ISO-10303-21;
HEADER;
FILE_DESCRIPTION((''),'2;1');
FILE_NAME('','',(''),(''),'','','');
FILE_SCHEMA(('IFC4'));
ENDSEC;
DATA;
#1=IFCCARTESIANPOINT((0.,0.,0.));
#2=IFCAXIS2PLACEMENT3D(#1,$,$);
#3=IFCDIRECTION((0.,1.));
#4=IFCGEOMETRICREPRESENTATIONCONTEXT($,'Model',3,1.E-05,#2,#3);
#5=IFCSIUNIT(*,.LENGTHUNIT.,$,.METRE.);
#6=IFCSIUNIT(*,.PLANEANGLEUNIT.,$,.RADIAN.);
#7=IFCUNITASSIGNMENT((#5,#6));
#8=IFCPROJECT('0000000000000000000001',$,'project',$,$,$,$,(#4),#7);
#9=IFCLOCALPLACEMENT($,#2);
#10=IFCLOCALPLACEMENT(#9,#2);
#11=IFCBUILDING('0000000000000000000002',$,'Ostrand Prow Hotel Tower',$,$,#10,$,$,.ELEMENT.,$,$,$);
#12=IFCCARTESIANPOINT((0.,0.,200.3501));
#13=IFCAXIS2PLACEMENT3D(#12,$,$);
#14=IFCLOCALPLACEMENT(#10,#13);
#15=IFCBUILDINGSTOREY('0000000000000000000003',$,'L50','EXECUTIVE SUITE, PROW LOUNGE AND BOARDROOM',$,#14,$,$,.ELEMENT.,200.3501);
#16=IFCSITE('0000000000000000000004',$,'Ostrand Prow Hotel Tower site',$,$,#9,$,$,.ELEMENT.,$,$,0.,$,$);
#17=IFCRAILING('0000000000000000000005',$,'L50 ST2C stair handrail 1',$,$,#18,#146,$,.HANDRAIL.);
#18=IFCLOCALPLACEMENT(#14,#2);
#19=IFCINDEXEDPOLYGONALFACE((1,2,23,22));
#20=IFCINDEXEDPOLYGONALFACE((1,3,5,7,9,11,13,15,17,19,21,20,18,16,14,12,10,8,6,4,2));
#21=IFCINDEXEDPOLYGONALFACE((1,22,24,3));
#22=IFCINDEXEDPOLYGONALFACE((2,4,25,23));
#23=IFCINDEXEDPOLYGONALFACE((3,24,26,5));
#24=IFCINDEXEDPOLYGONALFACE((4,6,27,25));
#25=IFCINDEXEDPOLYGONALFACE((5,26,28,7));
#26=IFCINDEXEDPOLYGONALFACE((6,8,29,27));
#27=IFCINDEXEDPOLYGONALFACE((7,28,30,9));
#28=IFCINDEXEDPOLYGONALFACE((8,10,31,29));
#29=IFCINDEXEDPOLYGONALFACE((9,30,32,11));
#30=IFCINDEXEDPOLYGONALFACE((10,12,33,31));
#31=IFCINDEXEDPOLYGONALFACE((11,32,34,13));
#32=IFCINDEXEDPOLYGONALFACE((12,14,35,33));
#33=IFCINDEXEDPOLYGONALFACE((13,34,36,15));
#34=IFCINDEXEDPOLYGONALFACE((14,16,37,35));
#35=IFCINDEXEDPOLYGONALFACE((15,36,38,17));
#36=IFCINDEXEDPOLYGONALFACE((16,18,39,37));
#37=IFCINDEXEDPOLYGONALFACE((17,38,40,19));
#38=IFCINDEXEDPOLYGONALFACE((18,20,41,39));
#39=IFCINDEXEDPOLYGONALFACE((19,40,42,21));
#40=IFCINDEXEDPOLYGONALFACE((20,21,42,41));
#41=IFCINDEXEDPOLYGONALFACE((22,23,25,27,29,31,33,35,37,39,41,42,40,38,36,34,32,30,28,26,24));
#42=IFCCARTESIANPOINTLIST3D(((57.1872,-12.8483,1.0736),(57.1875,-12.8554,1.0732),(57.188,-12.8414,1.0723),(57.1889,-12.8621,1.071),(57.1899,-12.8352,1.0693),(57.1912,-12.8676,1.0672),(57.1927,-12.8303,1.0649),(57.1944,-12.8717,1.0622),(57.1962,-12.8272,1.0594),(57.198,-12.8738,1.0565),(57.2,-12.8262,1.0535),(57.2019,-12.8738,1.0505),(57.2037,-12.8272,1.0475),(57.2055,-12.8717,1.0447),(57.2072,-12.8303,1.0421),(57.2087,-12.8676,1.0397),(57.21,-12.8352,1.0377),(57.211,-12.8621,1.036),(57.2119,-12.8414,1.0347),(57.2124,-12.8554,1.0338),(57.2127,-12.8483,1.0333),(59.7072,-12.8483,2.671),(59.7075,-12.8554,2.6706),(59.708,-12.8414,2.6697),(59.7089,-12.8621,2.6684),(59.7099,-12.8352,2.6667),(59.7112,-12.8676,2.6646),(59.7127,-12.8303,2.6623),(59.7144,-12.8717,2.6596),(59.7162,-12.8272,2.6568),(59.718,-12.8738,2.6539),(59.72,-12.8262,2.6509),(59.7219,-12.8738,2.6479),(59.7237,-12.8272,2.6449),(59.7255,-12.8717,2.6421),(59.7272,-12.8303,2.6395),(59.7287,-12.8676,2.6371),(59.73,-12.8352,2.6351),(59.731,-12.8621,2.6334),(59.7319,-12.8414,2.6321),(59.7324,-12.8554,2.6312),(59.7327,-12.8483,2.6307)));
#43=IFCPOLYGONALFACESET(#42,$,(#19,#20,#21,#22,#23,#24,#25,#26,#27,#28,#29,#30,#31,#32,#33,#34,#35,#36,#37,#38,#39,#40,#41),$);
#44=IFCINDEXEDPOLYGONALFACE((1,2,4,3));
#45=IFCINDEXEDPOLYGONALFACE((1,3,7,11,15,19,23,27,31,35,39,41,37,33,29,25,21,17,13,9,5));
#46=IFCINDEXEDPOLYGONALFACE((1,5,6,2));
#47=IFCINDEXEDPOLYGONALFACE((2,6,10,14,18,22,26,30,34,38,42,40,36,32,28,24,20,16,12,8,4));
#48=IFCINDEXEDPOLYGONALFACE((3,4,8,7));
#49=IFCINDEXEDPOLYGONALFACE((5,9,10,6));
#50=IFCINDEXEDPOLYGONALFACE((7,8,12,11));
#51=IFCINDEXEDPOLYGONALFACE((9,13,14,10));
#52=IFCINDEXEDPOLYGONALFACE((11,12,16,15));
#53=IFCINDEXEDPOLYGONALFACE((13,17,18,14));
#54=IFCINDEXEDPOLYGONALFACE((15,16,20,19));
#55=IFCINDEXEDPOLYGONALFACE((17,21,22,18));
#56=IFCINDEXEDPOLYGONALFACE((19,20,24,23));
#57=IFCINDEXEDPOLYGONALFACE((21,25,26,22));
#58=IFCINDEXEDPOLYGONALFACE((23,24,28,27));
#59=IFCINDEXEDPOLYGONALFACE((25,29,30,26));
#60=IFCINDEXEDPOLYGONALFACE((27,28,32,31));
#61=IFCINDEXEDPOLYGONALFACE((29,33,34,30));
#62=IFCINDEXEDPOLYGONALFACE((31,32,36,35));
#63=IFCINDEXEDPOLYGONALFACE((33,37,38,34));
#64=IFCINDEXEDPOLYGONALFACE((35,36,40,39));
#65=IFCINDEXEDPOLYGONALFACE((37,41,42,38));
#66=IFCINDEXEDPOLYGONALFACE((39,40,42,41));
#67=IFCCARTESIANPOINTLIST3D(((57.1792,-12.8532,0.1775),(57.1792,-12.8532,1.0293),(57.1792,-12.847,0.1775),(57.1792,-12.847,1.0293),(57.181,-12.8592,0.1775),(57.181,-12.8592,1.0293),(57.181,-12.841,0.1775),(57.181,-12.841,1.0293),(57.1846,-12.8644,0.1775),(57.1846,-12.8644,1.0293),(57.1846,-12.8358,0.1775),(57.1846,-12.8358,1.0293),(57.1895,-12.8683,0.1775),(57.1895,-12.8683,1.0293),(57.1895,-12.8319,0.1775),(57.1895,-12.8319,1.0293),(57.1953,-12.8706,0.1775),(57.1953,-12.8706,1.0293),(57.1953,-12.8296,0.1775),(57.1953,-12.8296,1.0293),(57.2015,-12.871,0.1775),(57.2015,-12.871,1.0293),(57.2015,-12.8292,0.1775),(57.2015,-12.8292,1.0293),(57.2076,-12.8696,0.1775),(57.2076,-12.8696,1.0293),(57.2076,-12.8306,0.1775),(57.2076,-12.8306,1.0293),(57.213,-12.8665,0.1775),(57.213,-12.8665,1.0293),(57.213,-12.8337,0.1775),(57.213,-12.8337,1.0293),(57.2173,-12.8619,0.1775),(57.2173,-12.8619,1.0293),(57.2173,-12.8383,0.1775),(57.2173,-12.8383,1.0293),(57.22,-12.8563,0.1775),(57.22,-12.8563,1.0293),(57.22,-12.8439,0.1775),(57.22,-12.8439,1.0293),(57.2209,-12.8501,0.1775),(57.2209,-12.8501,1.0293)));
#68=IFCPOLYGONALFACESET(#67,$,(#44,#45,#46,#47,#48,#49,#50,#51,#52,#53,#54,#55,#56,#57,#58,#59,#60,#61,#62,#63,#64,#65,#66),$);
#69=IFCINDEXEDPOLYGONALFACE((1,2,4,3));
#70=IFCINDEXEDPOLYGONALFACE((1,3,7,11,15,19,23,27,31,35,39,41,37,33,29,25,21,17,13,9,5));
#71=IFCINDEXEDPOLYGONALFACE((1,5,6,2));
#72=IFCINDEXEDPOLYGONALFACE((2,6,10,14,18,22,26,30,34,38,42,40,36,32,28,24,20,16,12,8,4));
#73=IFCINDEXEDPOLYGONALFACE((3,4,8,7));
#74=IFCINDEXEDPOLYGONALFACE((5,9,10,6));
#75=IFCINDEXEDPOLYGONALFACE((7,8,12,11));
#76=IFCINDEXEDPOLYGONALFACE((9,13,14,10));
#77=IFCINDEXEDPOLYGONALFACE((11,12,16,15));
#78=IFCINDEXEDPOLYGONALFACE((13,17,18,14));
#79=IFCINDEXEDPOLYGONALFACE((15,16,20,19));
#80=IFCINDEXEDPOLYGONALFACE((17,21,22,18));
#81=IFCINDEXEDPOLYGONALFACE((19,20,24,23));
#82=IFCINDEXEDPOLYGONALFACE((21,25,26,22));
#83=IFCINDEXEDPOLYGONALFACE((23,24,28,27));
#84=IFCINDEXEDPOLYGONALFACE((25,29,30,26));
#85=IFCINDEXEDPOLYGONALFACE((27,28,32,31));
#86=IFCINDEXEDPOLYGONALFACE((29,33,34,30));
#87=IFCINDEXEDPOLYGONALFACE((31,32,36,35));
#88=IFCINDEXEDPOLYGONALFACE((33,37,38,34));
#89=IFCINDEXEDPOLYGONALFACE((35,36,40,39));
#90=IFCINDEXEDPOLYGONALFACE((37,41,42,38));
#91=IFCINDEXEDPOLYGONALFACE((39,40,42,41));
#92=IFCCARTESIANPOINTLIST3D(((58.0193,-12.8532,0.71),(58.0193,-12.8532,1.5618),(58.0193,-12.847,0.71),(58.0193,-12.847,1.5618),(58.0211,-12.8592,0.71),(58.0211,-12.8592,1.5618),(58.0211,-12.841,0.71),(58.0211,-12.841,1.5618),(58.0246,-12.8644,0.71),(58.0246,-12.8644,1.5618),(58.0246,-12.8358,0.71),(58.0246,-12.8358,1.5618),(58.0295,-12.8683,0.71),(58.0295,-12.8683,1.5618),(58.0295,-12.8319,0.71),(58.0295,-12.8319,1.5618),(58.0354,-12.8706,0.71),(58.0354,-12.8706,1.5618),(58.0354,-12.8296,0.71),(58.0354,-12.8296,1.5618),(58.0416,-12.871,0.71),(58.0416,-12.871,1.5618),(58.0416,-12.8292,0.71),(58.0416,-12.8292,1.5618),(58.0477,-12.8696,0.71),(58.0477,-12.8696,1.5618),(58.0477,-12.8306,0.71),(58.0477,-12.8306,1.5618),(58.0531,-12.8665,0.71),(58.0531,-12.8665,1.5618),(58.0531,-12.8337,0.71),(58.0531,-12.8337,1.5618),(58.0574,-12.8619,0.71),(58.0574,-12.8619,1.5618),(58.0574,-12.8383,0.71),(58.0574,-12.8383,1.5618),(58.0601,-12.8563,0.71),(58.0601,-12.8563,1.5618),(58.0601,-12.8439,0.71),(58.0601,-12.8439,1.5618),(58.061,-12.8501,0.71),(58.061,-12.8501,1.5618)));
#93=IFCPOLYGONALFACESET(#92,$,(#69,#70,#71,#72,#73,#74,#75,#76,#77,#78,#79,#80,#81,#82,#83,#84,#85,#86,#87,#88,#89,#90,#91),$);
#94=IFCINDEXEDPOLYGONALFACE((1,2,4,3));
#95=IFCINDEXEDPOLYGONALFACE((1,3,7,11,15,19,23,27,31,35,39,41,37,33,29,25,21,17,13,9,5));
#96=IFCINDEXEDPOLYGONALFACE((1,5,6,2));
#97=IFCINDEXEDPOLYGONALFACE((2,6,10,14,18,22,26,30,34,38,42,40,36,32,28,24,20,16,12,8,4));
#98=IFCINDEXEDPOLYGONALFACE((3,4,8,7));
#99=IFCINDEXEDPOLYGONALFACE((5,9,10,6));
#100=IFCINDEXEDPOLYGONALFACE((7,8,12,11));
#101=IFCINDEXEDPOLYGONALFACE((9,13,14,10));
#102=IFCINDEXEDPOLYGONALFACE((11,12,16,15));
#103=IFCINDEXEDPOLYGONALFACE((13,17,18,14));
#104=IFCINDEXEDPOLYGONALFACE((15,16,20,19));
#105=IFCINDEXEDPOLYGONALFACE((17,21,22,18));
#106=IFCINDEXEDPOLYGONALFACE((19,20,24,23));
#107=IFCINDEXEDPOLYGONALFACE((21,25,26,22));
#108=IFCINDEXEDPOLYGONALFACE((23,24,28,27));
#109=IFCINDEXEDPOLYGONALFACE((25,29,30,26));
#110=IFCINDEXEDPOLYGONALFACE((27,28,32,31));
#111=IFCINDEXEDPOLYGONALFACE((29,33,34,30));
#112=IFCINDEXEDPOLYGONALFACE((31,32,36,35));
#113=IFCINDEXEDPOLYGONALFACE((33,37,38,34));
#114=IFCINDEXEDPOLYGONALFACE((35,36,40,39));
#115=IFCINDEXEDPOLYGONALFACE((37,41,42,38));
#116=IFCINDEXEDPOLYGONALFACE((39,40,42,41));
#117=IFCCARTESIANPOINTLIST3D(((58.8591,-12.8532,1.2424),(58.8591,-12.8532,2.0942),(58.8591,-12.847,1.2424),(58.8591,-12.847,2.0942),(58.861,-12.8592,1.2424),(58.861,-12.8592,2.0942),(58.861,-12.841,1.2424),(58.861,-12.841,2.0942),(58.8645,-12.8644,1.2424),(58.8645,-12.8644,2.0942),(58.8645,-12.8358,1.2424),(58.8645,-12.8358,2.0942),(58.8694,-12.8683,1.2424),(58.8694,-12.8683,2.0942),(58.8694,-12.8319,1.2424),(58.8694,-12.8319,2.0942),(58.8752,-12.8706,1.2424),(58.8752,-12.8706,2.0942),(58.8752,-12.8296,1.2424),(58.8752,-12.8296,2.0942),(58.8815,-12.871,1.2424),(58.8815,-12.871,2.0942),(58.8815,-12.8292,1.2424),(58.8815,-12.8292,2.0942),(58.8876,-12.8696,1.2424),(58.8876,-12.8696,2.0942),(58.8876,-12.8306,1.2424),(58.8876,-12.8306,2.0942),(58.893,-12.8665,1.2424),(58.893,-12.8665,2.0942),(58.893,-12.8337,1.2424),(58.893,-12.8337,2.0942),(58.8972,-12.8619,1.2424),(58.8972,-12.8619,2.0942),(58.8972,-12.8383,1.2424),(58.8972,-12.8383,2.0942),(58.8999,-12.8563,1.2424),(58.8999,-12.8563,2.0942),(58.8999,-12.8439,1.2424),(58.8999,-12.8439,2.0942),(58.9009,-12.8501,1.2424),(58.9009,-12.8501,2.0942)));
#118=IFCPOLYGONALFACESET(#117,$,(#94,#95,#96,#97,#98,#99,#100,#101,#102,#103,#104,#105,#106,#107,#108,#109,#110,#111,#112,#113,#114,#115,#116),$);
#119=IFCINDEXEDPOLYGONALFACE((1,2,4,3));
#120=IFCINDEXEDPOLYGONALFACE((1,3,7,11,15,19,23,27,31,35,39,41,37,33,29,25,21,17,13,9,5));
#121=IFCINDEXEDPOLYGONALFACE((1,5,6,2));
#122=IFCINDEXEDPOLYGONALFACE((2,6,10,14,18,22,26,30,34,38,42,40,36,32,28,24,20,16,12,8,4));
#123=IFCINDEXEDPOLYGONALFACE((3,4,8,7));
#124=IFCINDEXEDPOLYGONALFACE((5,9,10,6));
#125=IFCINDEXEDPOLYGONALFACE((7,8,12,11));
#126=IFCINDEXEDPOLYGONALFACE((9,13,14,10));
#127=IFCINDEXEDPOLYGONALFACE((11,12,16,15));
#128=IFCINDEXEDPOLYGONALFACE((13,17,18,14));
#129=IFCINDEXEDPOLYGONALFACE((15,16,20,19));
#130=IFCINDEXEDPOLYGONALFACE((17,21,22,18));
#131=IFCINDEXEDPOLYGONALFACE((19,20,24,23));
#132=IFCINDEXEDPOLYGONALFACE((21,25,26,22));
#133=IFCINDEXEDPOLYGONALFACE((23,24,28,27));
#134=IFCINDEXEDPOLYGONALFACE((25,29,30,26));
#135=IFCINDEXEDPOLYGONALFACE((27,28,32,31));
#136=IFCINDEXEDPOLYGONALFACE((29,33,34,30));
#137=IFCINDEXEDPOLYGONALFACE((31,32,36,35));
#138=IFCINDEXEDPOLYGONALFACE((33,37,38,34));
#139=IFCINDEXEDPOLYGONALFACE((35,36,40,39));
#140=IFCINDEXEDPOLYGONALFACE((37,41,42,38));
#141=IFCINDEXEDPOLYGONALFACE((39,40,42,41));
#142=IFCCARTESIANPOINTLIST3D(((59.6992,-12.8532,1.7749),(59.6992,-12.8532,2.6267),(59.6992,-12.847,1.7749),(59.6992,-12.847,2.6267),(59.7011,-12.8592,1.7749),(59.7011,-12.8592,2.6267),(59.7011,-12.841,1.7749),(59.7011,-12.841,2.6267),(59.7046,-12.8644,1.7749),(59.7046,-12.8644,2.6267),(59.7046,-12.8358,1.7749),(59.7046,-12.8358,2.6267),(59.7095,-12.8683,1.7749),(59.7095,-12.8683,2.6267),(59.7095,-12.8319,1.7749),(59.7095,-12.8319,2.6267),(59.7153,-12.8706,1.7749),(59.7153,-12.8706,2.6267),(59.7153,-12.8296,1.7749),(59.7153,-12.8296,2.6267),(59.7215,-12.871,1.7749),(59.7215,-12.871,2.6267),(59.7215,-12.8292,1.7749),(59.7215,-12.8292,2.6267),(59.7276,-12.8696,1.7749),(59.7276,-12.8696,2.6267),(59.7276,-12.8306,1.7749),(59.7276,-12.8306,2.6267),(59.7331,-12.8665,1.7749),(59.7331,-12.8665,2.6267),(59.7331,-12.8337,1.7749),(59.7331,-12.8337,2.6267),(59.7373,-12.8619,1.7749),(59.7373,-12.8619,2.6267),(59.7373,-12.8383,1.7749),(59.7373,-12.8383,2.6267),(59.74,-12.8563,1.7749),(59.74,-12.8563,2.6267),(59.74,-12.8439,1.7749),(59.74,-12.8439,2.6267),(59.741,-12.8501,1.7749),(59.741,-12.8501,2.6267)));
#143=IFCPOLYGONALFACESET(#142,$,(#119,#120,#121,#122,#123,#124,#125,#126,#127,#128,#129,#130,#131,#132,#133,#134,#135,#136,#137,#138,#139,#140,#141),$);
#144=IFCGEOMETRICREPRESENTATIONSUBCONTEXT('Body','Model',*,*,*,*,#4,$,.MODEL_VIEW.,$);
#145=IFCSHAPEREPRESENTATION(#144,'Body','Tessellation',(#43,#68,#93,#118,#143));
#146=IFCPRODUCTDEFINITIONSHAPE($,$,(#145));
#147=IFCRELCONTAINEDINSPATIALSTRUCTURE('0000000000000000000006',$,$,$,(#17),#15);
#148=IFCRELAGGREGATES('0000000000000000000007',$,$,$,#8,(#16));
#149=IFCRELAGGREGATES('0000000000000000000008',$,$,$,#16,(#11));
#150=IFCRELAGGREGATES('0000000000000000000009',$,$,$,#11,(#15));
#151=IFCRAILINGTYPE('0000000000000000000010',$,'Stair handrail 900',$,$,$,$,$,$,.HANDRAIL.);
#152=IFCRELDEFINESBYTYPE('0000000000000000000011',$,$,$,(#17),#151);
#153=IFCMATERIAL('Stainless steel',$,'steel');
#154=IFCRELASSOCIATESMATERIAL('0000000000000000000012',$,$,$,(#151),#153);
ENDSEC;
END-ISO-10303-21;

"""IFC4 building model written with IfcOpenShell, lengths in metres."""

from ifc_helpers import new_model, si_unit, direction, frame, origin, origin_2d, place, context, subcontext, project, spatial, circle, extrude, material, type_object, element, save


model = new_model("IFC4")

# Units and contexts
model_context = context("Model", 3, precision=1e-05, world=origin(), true_north=direction((0.0, 1.0)))
body_context = subcontext(model_context, "Body", "Model", "MODEL_VIEW")
ifc_project = project(units=[si_unit("LENGTHUNIT", "METRE"), si_unit("PLANEANGLEUNIT", "RADIAN")], contexts=[model_context])

# Site, building, storey
site_placement = place(None, origin())
site = spatial("IfcSite", under=ifc_project, at=site_placement, Name="Ostrand Prow Hotel Tower site", CompositionType="ELEMENT", RefElevation=0.0)
building_placement = place(site_placement, origin())
building = spatial("IfcBuilding", under=site, at=building_placement, Name="Ostrand Prow Hotel Tower", CompositionType="ELEMENT")
storey_placement = place(building_placement, frame((0.0, 0.0, 200.3501)))
storey = spatial("IfcBuildingStorey", under=building, at=storey_placement, Name="L50", Description="EXECUTIVE SUITE, PROW LOUNGE AND BOARDROOM", CompositionType="ELEMENT", Elevation=200.3501)

# Railing
ifc_material_1 = material(Name="Stainless steel", Category="steel")
railing_type_1 = type_object("IfcRailingType", Name="Stair handrail 900", PredefinedType="HANDRAIL", material=ifc_material_1)
railing_1_placement = place(storey_placement, frame((57.2, -12.8501, 0.1775)))
element("IfcRailing", 1, at=railing_1_placement, inside=storey, type_object=railing_type_1, Name="L50 ST2C stair handrail 1", PredefinedType="HANDRAIL", context=body_context, shape_type="SweptSolid", body=[
    extrude(circle(Radius=0.0239, at=origin_2d()), frame((0.0, 0.0, 0.876), z_axis=(0.844607, 0.0, 0.535387), x_axis=(0.0, 1.0, 0.0)), (0.0, 0.0, 1.0), 2.9836),
    extrude(circle(Radius=0.021, at=origin_2d()), origin(), (0.0, 0.0, 1.0), 0.8518),
    extrude(circle(Radius=0.021, at=origin_2d()), frame((0.8401, 0.0, 0.5325)), (0.0, 0.0, 1.0), 0.8518),
    extrude(circle(Radius=0.021, at=origin_2d()), frame((1.6799, 0.0, 1.0649)), (0.0, 0.0, 1.0), 0.8518),
    extrude(circle(Radius=0.021, at=origin_2d()), frame((2.52, 0.0, 1.5974)), (0.0, 0.0, 1.0), 0.8518),
])

save(model, "model.ifc")
